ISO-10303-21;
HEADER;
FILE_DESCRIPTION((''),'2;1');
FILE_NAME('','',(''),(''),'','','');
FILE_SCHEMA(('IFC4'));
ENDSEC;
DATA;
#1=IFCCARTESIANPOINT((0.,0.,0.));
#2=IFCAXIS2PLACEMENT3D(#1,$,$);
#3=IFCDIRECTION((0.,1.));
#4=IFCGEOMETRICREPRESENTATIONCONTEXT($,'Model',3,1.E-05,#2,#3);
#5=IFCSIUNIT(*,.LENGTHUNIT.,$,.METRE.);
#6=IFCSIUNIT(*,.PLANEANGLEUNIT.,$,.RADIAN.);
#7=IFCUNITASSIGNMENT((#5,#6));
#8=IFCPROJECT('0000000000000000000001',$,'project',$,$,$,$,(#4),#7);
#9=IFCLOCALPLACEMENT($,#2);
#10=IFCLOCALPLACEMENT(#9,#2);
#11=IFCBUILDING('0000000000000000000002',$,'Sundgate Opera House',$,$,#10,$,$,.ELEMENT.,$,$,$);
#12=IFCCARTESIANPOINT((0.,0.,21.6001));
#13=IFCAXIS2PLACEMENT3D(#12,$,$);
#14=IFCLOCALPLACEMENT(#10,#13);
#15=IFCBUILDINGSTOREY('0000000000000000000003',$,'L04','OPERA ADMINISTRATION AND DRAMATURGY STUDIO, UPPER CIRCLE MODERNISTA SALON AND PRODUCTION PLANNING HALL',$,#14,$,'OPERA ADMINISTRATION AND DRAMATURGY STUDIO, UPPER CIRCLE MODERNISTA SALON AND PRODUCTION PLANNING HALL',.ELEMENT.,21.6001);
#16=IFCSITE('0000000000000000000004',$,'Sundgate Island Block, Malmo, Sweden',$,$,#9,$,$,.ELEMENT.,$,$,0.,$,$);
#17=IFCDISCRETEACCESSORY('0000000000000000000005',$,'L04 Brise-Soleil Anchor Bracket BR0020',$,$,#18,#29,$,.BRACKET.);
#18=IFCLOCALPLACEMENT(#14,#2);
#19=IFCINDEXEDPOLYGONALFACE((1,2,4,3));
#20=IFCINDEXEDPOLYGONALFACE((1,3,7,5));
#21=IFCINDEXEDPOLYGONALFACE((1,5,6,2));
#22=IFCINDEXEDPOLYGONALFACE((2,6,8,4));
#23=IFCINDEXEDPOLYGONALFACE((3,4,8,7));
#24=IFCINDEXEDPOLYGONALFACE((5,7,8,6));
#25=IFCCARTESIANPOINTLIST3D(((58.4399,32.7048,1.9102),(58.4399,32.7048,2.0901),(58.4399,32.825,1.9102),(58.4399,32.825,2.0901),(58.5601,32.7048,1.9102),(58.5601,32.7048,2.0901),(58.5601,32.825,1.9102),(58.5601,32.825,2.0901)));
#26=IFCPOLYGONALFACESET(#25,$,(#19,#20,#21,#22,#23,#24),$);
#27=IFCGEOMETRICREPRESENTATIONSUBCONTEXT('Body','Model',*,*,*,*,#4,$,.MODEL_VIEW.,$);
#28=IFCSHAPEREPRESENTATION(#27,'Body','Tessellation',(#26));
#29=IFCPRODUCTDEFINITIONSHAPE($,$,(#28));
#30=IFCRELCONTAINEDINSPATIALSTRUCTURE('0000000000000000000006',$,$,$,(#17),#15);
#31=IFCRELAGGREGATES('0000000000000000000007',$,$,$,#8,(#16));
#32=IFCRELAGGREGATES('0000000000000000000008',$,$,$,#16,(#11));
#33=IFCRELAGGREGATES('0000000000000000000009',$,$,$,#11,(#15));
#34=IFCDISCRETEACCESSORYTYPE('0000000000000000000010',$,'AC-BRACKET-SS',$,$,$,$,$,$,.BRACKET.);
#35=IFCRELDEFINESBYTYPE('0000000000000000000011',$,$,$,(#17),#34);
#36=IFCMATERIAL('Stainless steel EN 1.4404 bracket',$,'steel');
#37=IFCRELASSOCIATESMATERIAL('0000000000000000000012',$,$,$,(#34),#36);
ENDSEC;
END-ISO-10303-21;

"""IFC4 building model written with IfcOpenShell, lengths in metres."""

from ifc_helpers import new_model, si_unit, direction, frame, origin, origin_2d, place, context, subcontext, project, spatial, rectangle, extrude, material, type_object, element, save


model = new_model("IFC4")

# Units and contexts
model_context = context("Model", 3, precision=1e-05, world=origin(), true_north=direction((0.0, 1.0)))
body_context = subcontext(model_context, "Body", "Model", "MODEL_VIEW")
ifc_project = project(units=[si_unit("LENGTHUNIT", "METRE"), si_unit("PLANEANGLEUNIT", "RADIAN")], contexts=[model_context])

# Site, building, storey
site_placement = place(None, origin())
site = spatial("IfcSite", under=ifc_project, at=site_placement, Name="Sundgate Island Block, Malmo, Sweden", CompositionType="ELEMENT", RefElevation=0.0)
building_placement = place(site_placement, origin())
building = spatial("IfcBuilding", under=site, at=building_placement, Name="Sundgate Opera House", CompositionType="ELEMENT")
storey_placement = place(building_placement, frame((0.0, 0.0, 21.6001)))
storey = spatial("IfcBuildingStorey", under=building, at=storey_placement, Name="L04", Description="OPERA ADMINISTRATION AND DRAMATURGY STUDIO, UPPER CIRCLE MODERNISTA SALON AND PRODUCTION PLANNING HALL", LongName="OPERA ADMINISTRATION AND DRAMATURGY STUDIO, UPPER CIRCLE MODERNISTA SALON AND PRODUCTION PLANNING HALL", CompositionType="ELEMENT", Elevation=21.6001)

# Discrete accessory
ifc_material_1 = material(Name="Stainless steel EN 1.4404 bracket", Category="steel")
discrete_accessory_type = type_object("IfcDiscreteAccessoryType", Name="AC-BRACKET-SS", PredefinedType="BRACKET", material=ifc_material_1)
discrete_accessory_placement = place(storey_placement, frame((58.5, 32.7649, 1.9102), z_axis=(0.0, 0.0, 1.0), x_axis=(1.0, 0.0, 0.0)))
element("IfcDiscreteAccessory", 1, at=discrete_accessory_placement, inside=storey, type_object=discrete_accessory_type, Name="L04 Brise-Soleil Anchor Bracket BR0020", PredefinedType="BRACKET", context=body_context, shape_type="SweptSolid", body=[
    extrude(rectangle(XDim=0.1201, YDim=0.1201, at=origin_2d()), origin(), (0.0, 0.0, 1.0), 0.1799),
])

save(model, "model.ifc")
